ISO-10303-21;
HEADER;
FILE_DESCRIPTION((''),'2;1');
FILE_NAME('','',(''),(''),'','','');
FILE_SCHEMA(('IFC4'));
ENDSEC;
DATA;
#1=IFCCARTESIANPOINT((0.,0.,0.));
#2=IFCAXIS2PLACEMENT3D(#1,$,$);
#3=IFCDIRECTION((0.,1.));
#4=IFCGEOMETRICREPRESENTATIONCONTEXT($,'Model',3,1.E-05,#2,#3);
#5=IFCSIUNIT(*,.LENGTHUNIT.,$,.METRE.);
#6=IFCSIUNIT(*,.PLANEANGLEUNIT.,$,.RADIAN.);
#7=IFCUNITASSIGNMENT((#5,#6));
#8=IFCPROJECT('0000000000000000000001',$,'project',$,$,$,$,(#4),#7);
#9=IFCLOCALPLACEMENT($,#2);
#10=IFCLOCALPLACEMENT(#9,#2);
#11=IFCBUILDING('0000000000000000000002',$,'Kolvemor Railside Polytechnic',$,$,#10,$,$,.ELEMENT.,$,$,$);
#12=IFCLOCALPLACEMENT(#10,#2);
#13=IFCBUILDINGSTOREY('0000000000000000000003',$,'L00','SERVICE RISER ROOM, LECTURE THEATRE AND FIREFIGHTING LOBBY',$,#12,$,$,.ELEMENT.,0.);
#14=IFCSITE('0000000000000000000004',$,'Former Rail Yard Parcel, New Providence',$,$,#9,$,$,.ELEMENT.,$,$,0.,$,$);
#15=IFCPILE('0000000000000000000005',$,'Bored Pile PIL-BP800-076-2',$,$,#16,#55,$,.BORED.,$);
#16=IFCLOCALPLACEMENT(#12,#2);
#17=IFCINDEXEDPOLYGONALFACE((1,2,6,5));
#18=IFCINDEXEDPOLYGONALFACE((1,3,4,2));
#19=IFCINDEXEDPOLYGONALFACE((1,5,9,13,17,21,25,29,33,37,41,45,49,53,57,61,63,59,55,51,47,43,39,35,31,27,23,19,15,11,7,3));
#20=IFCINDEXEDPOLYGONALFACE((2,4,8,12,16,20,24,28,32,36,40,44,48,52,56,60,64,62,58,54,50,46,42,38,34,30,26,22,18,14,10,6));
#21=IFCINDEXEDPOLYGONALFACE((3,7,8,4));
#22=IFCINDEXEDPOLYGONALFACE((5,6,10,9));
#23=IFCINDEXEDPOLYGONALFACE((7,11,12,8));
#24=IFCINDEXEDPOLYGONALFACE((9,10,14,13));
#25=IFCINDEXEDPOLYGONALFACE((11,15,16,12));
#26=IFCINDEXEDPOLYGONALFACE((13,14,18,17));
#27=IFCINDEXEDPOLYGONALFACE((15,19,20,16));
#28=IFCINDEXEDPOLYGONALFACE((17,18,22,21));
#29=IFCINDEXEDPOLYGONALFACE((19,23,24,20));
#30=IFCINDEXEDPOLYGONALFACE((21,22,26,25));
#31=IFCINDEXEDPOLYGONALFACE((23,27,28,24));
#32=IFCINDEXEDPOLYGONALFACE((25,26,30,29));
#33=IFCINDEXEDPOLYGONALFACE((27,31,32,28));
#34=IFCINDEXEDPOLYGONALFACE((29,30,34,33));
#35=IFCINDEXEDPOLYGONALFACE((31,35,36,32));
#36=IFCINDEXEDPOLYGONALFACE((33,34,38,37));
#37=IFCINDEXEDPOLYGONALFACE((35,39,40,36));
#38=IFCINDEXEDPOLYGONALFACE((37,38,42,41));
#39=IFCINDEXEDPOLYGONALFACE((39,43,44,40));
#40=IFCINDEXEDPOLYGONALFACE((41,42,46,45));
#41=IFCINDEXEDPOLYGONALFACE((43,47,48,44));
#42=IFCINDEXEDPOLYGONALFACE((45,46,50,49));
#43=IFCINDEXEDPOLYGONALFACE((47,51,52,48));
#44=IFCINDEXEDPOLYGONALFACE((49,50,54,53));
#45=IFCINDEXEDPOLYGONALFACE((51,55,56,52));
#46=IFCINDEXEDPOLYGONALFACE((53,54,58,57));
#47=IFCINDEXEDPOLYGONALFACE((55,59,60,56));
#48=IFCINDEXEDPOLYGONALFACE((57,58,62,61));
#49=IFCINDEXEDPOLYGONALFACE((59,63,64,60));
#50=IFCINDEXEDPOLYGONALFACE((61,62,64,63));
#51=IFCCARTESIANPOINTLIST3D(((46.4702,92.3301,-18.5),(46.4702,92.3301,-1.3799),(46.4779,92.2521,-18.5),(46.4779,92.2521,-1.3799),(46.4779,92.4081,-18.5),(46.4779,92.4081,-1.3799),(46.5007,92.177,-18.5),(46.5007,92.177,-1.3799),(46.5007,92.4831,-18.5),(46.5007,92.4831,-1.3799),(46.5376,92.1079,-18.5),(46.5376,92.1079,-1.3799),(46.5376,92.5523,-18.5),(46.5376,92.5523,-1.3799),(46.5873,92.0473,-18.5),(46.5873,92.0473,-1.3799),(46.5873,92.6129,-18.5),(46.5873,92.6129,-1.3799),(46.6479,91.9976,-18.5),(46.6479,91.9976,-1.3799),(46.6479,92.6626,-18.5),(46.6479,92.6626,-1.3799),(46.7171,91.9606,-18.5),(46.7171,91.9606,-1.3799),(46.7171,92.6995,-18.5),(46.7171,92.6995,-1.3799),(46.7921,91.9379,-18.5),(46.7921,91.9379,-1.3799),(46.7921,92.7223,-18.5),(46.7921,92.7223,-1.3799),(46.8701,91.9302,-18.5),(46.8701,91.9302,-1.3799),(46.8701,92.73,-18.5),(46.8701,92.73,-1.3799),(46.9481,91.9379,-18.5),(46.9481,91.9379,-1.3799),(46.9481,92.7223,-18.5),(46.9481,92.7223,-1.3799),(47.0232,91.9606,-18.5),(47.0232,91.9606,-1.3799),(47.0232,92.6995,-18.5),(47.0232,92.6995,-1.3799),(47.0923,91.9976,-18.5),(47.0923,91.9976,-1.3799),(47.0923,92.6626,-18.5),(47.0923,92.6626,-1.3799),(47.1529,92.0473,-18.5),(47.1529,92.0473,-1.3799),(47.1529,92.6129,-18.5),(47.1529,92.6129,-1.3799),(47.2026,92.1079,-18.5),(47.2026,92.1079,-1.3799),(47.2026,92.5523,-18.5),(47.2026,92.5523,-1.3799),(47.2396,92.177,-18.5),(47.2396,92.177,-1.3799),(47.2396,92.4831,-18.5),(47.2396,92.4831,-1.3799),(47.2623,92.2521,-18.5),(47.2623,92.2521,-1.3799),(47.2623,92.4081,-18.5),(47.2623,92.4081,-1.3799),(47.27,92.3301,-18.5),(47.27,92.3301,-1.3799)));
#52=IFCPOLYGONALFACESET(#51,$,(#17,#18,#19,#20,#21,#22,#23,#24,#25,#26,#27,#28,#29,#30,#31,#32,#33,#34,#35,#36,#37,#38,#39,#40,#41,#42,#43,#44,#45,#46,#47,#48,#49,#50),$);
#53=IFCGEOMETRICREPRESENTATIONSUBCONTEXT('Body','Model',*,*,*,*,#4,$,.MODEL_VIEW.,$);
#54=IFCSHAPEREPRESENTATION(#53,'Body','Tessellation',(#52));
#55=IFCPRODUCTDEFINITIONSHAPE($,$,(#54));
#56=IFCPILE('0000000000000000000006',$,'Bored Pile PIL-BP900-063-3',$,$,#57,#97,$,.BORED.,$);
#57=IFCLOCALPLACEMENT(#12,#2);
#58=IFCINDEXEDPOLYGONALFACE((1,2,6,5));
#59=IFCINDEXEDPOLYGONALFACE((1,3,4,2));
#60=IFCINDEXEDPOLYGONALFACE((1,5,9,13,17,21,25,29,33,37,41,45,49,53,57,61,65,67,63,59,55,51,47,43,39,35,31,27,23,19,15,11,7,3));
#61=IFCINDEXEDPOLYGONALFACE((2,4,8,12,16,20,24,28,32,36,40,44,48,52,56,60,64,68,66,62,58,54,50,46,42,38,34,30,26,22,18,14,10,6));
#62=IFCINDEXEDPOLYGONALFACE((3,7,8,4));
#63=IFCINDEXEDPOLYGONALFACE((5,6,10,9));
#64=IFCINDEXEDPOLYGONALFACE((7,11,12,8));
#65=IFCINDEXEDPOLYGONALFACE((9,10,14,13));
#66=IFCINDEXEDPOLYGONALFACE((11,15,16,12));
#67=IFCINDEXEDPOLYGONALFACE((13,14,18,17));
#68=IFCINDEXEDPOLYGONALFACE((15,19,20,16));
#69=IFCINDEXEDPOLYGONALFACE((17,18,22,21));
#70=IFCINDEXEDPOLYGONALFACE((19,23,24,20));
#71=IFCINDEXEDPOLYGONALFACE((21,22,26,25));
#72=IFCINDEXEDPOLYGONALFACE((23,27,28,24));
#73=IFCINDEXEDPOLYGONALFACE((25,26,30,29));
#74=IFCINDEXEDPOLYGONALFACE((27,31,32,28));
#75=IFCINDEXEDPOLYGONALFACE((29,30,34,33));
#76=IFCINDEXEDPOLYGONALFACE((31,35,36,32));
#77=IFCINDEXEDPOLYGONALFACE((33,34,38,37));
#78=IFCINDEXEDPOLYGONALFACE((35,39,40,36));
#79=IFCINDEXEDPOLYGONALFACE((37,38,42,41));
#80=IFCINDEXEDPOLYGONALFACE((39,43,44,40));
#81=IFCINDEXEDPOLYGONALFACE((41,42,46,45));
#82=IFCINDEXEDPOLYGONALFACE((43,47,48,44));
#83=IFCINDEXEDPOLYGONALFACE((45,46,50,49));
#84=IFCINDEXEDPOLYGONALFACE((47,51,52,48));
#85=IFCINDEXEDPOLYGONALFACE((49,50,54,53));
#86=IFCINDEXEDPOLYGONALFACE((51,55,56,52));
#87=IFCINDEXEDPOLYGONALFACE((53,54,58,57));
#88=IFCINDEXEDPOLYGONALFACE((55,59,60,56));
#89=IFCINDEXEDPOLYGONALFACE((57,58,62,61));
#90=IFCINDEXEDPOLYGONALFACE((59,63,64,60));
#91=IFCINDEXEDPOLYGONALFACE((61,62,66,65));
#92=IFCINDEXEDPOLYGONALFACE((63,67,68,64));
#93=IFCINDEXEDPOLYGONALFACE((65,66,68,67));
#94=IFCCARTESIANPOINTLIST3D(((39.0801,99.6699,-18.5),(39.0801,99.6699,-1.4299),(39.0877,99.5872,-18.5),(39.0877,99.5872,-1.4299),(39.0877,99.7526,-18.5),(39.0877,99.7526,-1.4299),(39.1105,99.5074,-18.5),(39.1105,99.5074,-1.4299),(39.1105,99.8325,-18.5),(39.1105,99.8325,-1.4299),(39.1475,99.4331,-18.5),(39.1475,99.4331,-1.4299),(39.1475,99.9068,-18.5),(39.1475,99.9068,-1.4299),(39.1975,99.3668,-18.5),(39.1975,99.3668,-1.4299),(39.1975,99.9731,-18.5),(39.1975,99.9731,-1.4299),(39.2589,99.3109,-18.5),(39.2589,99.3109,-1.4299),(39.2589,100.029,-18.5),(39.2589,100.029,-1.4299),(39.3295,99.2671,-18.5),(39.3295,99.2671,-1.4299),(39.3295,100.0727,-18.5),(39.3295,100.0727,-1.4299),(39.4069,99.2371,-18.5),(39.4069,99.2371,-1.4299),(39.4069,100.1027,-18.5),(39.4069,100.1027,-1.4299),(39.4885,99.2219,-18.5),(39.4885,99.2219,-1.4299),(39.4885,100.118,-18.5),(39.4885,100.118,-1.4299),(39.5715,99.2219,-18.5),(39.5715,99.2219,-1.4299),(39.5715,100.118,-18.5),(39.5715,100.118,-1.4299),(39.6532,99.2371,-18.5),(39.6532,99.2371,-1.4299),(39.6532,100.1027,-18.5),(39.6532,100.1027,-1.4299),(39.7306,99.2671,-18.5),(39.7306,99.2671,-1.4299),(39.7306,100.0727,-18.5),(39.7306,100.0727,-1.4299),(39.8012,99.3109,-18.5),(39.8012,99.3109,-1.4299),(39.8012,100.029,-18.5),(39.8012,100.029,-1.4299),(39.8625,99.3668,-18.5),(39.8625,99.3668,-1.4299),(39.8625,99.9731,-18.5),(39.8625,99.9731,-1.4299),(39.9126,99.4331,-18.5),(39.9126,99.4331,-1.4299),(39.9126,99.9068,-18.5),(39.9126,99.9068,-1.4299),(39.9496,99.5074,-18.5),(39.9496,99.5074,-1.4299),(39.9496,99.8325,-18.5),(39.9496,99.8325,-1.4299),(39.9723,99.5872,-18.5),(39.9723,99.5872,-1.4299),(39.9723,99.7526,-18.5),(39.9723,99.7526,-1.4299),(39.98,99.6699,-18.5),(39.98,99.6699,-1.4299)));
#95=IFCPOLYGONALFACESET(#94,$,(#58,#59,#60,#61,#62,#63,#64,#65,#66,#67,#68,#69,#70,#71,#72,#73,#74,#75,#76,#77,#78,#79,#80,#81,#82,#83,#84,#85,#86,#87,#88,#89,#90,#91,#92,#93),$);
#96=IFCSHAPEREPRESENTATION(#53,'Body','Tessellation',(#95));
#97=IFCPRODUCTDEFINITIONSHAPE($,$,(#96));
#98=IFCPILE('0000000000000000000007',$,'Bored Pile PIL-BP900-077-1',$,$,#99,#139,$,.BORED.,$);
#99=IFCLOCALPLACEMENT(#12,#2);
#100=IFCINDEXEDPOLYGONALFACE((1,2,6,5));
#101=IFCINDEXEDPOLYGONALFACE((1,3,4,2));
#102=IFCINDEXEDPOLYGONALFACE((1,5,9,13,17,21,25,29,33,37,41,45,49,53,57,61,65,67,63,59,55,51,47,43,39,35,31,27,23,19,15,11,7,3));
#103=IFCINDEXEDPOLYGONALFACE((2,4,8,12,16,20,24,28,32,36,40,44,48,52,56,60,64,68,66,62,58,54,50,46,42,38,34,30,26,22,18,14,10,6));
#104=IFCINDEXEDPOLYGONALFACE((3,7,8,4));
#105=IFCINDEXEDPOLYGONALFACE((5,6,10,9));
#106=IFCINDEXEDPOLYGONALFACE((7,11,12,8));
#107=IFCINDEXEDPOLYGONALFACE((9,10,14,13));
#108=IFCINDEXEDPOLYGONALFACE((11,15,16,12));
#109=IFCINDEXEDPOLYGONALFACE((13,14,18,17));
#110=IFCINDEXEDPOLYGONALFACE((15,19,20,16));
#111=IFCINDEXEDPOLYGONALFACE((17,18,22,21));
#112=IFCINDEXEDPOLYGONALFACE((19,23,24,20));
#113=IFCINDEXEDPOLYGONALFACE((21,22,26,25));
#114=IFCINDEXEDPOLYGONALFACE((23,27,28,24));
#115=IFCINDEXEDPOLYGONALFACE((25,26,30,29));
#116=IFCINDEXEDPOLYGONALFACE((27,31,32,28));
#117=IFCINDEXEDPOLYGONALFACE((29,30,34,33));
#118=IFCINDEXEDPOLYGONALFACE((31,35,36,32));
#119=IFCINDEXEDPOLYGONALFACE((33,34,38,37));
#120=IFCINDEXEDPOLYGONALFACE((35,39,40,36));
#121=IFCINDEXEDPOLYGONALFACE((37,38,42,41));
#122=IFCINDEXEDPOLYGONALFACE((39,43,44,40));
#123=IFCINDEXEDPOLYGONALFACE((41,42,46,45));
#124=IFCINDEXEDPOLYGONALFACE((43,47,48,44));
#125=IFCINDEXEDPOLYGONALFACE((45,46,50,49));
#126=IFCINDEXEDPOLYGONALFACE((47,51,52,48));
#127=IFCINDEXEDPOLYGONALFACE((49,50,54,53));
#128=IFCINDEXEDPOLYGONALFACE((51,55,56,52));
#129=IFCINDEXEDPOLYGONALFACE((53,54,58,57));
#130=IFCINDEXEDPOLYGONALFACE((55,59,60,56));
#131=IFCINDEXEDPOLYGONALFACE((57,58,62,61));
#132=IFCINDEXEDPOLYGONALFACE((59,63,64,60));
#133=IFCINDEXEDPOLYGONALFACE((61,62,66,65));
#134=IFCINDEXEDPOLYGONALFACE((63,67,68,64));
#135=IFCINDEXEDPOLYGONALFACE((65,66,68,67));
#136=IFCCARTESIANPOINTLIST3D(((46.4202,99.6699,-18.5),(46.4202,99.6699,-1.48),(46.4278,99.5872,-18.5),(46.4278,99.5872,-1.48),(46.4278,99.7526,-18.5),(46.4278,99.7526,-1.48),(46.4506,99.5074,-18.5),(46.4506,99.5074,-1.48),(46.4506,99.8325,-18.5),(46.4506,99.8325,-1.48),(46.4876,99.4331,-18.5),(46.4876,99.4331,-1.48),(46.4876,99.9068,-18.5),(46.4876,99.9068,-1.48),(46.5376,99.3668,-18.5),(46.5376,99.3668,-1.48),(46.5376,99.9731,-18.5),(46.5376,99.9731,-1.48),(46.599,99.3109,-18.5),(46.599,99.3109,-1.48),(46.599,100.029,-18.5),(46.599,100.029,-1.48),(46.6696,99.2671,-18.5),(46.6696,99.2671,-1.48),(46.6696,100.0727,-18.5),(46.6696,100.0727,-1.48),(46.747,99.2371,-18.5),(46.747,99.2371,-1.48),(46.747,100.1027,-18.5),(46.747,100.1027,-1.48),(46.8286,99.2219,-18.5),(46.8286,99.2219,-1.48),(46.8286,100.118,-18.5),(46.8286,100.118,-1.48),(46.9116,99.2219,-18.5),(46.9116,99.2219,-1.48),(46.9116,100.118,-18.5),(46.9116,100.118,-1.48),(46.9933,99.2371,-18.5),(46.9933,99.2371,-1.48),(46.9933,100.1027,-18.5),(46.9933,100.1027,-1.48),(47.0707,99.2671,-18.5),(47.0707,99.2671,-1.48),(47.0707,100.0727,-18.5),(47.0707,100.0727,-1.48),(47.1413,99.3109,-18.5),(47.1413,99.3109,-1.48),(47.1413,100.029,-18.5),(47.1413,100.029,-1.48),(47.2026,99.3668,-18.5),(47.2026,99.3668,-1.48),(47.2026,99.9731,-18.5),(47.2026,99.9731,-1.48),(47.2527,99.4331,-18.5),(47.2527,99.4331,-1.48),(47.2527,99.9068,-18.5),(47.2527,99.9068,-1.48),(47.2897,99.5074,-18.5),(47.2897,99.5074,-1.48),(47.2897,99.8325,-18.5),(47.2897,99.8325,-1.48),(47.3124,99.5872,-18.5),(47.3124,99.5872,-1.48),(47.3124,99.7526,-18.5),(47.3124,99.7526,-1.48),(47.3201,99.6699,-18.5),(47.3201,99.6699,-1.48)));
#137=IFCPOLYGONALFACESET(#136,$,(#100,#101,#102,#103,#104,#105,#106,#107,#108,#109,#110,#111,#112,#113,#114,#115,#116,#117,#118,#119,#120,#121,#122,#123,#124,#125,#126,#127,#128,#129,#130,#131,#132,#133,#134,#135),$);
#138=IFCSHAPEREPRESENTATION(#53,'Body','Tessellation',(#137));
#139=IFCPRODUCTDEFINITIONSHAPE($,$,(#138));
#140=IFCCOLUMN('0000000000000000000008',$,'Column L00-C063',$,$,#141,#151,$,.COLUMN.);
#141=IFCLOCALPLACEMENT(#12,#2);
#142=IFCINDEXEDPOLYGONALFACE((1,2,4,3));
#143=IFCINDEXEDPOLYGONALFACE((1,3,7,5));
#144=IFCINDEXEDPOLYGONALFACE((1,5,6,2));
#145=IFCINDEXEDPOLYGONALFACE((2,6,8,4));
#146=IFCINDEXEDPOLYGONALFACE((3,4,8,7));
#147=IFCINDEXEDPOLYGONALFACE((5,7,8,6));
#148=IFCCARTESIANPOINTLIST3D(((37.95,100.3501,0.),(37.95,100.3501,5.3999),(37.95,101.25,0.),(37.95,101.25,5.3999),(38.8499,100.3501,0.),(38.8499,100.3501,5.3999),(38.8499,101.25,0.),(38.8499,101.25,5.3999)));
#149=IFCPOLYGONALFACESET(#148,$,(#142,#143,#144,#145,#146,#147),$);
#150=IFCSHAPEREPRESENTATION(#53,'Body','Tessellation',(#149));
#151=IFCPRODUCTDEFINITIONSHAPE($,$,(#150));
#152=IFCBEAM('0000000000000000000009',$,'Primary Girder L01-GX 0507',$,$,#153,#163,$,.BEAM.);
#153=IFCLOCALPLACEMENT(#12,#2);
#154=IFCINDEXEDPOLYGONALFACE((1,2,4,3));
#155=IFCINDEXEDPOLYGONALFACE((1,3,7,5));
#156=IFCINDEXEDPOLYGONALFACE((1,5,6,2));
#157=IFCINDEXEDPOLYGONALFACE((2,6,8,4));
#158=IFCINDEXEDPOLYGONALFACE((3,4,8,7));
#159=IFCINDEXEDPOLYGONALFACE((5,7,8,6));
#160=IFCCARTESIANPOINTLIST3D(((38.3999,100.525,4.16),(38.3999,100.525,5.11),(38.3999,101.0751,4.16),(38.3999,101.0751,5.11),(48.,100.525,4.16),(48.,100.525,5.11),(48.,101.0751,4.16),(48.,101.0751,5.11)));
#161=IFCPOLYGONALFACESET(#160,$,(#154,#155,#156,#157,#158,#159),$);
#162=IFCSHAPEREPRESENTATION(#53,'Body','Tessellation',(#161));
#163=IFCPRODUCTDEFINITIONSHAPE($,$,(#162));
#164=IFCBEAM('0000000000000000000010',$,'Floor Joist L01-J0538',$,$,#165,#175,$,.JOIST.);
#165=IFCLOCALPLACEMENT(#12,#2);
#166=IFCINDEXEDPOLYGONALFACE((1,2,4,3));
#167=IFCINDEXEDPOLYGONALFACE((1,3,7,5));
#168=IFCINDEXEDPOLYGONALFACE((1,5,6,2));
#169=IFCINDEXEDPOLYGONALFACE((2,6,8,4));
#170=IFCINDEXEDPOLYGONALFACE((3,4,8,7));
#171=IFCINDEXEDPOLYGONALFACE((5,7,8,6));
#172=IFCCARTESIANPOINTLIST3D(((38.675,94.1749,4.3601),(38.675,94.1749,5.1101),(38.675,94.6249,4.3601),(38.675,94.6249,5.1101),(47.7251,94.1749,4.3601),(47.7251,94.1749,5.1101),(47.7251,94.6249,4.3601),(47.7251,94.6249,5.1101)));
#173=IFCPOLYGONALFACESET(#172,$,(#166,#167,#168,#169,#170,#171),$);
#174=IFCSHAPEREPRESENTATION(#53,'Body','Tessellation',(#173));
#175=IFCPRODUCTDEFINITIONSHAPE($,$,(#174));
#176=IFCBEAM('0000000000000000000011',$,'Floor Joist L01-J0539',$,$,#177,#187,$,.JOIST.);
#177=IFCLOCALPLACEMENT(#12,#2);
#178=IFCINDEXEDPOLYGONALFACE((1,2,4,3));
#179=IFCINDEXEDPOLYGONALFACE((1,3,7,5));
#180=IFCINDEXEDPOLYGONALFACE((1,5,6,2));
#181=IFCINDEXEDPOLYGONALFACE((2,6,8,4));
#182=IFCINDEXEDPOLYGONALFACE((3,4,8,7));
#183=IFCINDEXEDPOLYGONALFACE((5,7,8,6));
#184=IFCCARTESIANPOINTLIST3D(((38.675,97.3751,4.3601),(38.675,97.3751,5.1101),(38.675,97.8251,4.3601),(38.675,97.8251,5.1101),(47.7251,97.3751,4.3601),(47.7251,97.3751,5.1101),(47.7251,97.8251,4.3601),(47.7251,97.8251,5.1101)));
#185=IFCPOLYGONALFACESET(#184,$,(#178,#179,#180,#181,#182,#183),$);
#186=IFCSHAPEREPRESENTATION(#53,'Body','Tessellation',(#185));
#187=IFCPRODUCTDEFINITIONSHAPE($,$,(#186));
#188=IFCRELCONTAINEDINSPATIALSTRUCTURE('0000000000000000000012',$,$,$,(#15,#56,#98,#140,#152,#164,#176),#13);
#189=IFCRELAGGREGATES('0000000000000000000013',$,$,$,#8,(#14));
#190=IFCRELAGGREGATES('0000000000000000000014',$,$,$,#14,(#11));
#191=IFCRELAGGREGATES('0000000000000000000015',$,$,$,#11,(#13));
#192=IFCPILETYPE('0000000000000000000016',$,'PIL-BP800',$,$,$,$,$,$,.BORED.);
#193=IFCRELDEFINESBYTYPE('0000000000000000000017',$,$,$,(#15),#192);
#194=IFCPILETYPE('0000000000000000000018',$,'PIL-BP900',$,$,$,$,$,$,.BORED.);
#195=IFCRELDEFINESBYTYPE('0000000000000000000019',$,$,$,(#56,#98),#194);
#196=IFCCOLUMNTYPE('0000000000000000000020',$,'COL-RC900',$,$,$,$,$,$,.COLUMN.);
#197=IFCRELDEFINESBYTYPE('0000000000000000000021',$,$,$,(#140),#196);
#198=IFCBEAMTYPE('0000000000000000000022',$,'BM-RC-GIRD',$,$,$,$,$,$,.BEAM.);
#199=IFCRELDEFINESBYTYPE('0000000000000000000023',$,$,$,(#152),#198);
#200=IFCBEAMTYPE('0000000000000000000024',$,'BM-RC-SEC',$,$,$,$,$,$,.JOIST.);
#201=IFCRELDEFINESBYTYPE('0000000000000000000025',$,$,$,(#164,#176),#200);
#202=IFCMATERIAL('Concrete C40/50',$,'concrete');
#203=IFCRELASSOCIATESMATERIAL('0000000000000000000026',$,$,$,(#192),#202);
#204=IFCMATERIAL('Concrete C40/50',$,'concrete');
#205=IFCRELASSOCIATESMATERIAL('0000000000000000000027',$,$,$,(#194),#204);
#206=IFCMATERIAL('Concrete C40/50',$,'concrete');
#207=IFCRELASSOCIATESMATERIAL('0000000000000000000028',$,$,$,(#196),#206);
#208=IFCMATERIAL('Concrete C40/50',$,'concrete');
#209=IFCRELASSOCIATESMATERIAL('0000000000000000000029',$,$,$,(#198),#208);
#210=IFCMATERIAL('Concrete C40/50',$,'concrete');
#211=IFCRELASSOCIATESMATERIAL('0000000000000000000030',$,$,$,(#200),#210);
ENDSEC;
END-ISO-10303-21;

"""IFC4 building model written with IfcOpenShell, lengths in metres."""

from ifc_helpers import new_model, si_unit, direction, frame, origin, origin_2d, place, context, subcontext, project, spatial, rectangle, circle, extrude, material, material_profile, profile_set, type_object, element, save


model = new_model("IFC4")

# Units and contexts
model_context = context("Model", 3, precision=1e-05, world=origin(), true_north=direction((0.0, 1.0)))
body_context = subcontext(model_context, "Body", "Model", "MODEL_VIEW")
ifc_project = project(units=[si_unit("LENGTHUNIT", "METRE"), si_unit("PLANEANGLEUNIT", "RADIAN")], contexts=[model_context])

# Site, building, storey
site_placement = place(None, origin())
site = spatial("IfcSite", under=ifc_project, at=site_placement, Name="Former Rail Yard Parcel, New Providence", CompositionType="ELEMENT", RefElevation=0.0)
building_placement = place(site_placement, origin())
building = spatial("IfcBuilding", under=site, at=building_placement, Name="Kolvemor Railside Polytechnic", CompositionType="ELEMENT")
storey_placement = place(building_placement, origin())
storey = spatial("IfcBuildingStorey", under=building, at=storey_placement, Name="L00", Description="SERVICE RISER ROOM, LECTURE THEATRE AND FIREFIGHTING LOBBY", CompositionType="ELEMENT", Elevation=0.0)

# Piles
ifc_material_1 = material(Name="Concrete C40/50", Category="concrete")
ifc_material_profile_1 = material_profile(ifc_material_1, circle(Radius=0.3999, at=origin_2d()), Name="BP800")
ifc_profile_set_1 = profile_set([ifc_material_profile_1], Name="Concrete C40/50")
pile_type_1 = type_object("IfcPileType", Name="PIL-BP800", PredefinedType="BORED", material=ifc_profile_set_1)
for number, where, z_axis, x_axis, name in (
    (1, (46.8701, 92.3301, -1.3799), (0.0, 0.0, -1.0), (1.0, 0.0, 0.0), "Bored Pile PIL-BP800-076-2"),
):
    element("IfcPile", number, at=place(storey_placement, frame(where, z_axis=z_axis, x_axis=x_axis)), inside=storey, type_object=pile_type_1, Name=name, PredefinedType="BORED", context=body_context, shape_type="SweptSolid", body=[
        extrude(circle(Radius=0.3999, at=origin_2d()), origin(), (0.0, 0.0, 1.0), 17.1201),
    ])
ifc_material_2 = material(Name="Concrete C40/50", Category="concrete")
ifc_material_profile_2 = material_profile(ifc_material_2, circle(Radius=0.45, at=origin_2d()), Name="BP900")
ifc_profile_set_2 = profile_set([ifc_material_profile_2], Name="Concrete C40/50")
pile_type_2 = type_object("IfcPileType", Name="PIL-BP900", PredefinedType="BORED", material=ifc_profile_set_2)
pile_1_placement = place(storey_placement, frame((39.53, 99.6699, -1.4299), z_axis=(0.0, 0.0, -1.0), x_axis=(1.0, 0.0, 0.0)))
element("IfcPile", 2, at=pile_1_placement, inside=storey, type_object=pile_type_2, Name="Bored Pile PIL-BP900-063-3", PredefinedType="BORED", context=body_context, shape_type="SweptSolid", body=[
    extrude(circle(Radius=0.45, at=origin_2d()), origin(), (0.0, 0.0, 1.0), 17.0701),
])
pile_2_placement = place(storey_placement, frame((46.8701, 99.6699, -1.48), z_axis=(0.0, 0.0, -1.0), x_axis=(1.0, 0.0, 0.0)))
element("IfcPile", 3, at=pile_2_placement, inside=storey, type_object=pile_type_2, Name="Bored Pile PIL-BP900-077-1", PredefinedType="BORED", context=body_context, shape_type="SweptSolid", body=[
    extrude(circle(Radius=0.45, at=origin_2d()), origin(), (0.0, 0.0, 1.0), 17.02),
])

# Column
ifc_material_3 = material(Name="Concrete C40/50", Category="concrete")
ifc_material_profile_3 = material_profile(ifc_material_3, rectangle(XDim=0.8999, YDim=0.8999, at=origin_2d()), Name="RC900x900")
ifc_profile_set_3 = profile_set([ifc_material_profile_3], Name="Concrete C40/50")
column_type = type_object("IfcColumnType", Name="COL-RC900", PredefinedType="COLUMN", material=ifc_profile_set_3)
column_placement = place(storey_placement, frame((38.3999, 100.8, 0.0), z_axis=(0.0, 0.0, 1.0), x_axis=(1.0, 0.0, 0.0)))
element("IfcColumn", 4, at=column_placement, inside=storey, type_object=column_type, Name="Column L00-C063", PredefinedType="COLUMN", context=body_context, shape_type="SweptSolid", body=[
    extrude(rectangle(XDim=0.8999, YDim=0.8999, at=origin_2d()), origin(), (0.0, 0.0, 1.0), 5.3999),
])

# Beams
ifc_material_4 = material(Name="Concrete C40/50", Category="concrete")
ifc_material_profile_4 = material_profile(ifc_material_4, rectangle(XDim=0.55, YDim=0.95, at=origin_2d()), Name="RC550x950")
ifc_profile_set_4 = profile_set([ifc_material_profile_4], Name="Concrete C40/50")
beam_type_1 = type_object("IfcBeamType", Name="BM-RC-GIRD", PredefinedType="BEAM", material=ifc_profile_set_4)
beam_1_placement = place(storey_placement, frame((38.3999, 100.8, 4.635), z_axis=(1.0, 0.0, 0.0), x_axis=(0.0, 1.0, 0.0)))
element("IfcBeam", 5, at=beam_1_placement, inside=storey, type_object=beam_type_1, Name="Primary Girder L01-GX 0507", PredefinedType="BEAM", context=body_context, shape_type="SweptSolid", body=[
    extrude(rectangle(XDim=0.55, YDim=0.95, at=origin_2d()), origin(), (0.0, 0.0, 1.0), 9.6001),
])
ifc_material_5 = material(Name="Concrete C40/50", Category="concrete")
ifc_material_profile_5 = material_profile(ifc_material_5, rectangle(XDim=0.45, YDim=0.75, at=origin_2d()), Name="RC450x750")
ifc_profile_set_5 = profile_set([ifc_material_profile_5], Name="Concrete C40/50")
beam_type_2 = type_object("IfcBeamType", Name="BM-RC-SEC", PredefinedType="JOIST", material=ifc_profile_set_5)
for number, where, z_axis, x_axis, name in (
    (6, (38.675, 94.3999, 4.7351), (1.0, 0.0, 0.0), (0.0, 1.0, 0.0), "Floor Joist L01-J0538"),
    (7, (38.675, 97.6001, 4.7351), (1.0, 0.0, 0.0), (0.0, 1.0, 0.0), "Floor Joist L01-J0539"),
):
    element("IfcBeam", number, at=place(storey_placement, frame(where, z_axis=z_axis, x_axis=x_axis)), inside=storey, type_object=beam_type_2, Name=name, PredefinedType="JOIST", context=body_context, shape_type="SweptSolid", body=[
        extrude(rectangle(XDim=0.45, YDim=0.75, at=origin_2d()), origin(), (0.0, 0.0, 1.0), 9.05),
    ])

save(model, "model.ifc")
